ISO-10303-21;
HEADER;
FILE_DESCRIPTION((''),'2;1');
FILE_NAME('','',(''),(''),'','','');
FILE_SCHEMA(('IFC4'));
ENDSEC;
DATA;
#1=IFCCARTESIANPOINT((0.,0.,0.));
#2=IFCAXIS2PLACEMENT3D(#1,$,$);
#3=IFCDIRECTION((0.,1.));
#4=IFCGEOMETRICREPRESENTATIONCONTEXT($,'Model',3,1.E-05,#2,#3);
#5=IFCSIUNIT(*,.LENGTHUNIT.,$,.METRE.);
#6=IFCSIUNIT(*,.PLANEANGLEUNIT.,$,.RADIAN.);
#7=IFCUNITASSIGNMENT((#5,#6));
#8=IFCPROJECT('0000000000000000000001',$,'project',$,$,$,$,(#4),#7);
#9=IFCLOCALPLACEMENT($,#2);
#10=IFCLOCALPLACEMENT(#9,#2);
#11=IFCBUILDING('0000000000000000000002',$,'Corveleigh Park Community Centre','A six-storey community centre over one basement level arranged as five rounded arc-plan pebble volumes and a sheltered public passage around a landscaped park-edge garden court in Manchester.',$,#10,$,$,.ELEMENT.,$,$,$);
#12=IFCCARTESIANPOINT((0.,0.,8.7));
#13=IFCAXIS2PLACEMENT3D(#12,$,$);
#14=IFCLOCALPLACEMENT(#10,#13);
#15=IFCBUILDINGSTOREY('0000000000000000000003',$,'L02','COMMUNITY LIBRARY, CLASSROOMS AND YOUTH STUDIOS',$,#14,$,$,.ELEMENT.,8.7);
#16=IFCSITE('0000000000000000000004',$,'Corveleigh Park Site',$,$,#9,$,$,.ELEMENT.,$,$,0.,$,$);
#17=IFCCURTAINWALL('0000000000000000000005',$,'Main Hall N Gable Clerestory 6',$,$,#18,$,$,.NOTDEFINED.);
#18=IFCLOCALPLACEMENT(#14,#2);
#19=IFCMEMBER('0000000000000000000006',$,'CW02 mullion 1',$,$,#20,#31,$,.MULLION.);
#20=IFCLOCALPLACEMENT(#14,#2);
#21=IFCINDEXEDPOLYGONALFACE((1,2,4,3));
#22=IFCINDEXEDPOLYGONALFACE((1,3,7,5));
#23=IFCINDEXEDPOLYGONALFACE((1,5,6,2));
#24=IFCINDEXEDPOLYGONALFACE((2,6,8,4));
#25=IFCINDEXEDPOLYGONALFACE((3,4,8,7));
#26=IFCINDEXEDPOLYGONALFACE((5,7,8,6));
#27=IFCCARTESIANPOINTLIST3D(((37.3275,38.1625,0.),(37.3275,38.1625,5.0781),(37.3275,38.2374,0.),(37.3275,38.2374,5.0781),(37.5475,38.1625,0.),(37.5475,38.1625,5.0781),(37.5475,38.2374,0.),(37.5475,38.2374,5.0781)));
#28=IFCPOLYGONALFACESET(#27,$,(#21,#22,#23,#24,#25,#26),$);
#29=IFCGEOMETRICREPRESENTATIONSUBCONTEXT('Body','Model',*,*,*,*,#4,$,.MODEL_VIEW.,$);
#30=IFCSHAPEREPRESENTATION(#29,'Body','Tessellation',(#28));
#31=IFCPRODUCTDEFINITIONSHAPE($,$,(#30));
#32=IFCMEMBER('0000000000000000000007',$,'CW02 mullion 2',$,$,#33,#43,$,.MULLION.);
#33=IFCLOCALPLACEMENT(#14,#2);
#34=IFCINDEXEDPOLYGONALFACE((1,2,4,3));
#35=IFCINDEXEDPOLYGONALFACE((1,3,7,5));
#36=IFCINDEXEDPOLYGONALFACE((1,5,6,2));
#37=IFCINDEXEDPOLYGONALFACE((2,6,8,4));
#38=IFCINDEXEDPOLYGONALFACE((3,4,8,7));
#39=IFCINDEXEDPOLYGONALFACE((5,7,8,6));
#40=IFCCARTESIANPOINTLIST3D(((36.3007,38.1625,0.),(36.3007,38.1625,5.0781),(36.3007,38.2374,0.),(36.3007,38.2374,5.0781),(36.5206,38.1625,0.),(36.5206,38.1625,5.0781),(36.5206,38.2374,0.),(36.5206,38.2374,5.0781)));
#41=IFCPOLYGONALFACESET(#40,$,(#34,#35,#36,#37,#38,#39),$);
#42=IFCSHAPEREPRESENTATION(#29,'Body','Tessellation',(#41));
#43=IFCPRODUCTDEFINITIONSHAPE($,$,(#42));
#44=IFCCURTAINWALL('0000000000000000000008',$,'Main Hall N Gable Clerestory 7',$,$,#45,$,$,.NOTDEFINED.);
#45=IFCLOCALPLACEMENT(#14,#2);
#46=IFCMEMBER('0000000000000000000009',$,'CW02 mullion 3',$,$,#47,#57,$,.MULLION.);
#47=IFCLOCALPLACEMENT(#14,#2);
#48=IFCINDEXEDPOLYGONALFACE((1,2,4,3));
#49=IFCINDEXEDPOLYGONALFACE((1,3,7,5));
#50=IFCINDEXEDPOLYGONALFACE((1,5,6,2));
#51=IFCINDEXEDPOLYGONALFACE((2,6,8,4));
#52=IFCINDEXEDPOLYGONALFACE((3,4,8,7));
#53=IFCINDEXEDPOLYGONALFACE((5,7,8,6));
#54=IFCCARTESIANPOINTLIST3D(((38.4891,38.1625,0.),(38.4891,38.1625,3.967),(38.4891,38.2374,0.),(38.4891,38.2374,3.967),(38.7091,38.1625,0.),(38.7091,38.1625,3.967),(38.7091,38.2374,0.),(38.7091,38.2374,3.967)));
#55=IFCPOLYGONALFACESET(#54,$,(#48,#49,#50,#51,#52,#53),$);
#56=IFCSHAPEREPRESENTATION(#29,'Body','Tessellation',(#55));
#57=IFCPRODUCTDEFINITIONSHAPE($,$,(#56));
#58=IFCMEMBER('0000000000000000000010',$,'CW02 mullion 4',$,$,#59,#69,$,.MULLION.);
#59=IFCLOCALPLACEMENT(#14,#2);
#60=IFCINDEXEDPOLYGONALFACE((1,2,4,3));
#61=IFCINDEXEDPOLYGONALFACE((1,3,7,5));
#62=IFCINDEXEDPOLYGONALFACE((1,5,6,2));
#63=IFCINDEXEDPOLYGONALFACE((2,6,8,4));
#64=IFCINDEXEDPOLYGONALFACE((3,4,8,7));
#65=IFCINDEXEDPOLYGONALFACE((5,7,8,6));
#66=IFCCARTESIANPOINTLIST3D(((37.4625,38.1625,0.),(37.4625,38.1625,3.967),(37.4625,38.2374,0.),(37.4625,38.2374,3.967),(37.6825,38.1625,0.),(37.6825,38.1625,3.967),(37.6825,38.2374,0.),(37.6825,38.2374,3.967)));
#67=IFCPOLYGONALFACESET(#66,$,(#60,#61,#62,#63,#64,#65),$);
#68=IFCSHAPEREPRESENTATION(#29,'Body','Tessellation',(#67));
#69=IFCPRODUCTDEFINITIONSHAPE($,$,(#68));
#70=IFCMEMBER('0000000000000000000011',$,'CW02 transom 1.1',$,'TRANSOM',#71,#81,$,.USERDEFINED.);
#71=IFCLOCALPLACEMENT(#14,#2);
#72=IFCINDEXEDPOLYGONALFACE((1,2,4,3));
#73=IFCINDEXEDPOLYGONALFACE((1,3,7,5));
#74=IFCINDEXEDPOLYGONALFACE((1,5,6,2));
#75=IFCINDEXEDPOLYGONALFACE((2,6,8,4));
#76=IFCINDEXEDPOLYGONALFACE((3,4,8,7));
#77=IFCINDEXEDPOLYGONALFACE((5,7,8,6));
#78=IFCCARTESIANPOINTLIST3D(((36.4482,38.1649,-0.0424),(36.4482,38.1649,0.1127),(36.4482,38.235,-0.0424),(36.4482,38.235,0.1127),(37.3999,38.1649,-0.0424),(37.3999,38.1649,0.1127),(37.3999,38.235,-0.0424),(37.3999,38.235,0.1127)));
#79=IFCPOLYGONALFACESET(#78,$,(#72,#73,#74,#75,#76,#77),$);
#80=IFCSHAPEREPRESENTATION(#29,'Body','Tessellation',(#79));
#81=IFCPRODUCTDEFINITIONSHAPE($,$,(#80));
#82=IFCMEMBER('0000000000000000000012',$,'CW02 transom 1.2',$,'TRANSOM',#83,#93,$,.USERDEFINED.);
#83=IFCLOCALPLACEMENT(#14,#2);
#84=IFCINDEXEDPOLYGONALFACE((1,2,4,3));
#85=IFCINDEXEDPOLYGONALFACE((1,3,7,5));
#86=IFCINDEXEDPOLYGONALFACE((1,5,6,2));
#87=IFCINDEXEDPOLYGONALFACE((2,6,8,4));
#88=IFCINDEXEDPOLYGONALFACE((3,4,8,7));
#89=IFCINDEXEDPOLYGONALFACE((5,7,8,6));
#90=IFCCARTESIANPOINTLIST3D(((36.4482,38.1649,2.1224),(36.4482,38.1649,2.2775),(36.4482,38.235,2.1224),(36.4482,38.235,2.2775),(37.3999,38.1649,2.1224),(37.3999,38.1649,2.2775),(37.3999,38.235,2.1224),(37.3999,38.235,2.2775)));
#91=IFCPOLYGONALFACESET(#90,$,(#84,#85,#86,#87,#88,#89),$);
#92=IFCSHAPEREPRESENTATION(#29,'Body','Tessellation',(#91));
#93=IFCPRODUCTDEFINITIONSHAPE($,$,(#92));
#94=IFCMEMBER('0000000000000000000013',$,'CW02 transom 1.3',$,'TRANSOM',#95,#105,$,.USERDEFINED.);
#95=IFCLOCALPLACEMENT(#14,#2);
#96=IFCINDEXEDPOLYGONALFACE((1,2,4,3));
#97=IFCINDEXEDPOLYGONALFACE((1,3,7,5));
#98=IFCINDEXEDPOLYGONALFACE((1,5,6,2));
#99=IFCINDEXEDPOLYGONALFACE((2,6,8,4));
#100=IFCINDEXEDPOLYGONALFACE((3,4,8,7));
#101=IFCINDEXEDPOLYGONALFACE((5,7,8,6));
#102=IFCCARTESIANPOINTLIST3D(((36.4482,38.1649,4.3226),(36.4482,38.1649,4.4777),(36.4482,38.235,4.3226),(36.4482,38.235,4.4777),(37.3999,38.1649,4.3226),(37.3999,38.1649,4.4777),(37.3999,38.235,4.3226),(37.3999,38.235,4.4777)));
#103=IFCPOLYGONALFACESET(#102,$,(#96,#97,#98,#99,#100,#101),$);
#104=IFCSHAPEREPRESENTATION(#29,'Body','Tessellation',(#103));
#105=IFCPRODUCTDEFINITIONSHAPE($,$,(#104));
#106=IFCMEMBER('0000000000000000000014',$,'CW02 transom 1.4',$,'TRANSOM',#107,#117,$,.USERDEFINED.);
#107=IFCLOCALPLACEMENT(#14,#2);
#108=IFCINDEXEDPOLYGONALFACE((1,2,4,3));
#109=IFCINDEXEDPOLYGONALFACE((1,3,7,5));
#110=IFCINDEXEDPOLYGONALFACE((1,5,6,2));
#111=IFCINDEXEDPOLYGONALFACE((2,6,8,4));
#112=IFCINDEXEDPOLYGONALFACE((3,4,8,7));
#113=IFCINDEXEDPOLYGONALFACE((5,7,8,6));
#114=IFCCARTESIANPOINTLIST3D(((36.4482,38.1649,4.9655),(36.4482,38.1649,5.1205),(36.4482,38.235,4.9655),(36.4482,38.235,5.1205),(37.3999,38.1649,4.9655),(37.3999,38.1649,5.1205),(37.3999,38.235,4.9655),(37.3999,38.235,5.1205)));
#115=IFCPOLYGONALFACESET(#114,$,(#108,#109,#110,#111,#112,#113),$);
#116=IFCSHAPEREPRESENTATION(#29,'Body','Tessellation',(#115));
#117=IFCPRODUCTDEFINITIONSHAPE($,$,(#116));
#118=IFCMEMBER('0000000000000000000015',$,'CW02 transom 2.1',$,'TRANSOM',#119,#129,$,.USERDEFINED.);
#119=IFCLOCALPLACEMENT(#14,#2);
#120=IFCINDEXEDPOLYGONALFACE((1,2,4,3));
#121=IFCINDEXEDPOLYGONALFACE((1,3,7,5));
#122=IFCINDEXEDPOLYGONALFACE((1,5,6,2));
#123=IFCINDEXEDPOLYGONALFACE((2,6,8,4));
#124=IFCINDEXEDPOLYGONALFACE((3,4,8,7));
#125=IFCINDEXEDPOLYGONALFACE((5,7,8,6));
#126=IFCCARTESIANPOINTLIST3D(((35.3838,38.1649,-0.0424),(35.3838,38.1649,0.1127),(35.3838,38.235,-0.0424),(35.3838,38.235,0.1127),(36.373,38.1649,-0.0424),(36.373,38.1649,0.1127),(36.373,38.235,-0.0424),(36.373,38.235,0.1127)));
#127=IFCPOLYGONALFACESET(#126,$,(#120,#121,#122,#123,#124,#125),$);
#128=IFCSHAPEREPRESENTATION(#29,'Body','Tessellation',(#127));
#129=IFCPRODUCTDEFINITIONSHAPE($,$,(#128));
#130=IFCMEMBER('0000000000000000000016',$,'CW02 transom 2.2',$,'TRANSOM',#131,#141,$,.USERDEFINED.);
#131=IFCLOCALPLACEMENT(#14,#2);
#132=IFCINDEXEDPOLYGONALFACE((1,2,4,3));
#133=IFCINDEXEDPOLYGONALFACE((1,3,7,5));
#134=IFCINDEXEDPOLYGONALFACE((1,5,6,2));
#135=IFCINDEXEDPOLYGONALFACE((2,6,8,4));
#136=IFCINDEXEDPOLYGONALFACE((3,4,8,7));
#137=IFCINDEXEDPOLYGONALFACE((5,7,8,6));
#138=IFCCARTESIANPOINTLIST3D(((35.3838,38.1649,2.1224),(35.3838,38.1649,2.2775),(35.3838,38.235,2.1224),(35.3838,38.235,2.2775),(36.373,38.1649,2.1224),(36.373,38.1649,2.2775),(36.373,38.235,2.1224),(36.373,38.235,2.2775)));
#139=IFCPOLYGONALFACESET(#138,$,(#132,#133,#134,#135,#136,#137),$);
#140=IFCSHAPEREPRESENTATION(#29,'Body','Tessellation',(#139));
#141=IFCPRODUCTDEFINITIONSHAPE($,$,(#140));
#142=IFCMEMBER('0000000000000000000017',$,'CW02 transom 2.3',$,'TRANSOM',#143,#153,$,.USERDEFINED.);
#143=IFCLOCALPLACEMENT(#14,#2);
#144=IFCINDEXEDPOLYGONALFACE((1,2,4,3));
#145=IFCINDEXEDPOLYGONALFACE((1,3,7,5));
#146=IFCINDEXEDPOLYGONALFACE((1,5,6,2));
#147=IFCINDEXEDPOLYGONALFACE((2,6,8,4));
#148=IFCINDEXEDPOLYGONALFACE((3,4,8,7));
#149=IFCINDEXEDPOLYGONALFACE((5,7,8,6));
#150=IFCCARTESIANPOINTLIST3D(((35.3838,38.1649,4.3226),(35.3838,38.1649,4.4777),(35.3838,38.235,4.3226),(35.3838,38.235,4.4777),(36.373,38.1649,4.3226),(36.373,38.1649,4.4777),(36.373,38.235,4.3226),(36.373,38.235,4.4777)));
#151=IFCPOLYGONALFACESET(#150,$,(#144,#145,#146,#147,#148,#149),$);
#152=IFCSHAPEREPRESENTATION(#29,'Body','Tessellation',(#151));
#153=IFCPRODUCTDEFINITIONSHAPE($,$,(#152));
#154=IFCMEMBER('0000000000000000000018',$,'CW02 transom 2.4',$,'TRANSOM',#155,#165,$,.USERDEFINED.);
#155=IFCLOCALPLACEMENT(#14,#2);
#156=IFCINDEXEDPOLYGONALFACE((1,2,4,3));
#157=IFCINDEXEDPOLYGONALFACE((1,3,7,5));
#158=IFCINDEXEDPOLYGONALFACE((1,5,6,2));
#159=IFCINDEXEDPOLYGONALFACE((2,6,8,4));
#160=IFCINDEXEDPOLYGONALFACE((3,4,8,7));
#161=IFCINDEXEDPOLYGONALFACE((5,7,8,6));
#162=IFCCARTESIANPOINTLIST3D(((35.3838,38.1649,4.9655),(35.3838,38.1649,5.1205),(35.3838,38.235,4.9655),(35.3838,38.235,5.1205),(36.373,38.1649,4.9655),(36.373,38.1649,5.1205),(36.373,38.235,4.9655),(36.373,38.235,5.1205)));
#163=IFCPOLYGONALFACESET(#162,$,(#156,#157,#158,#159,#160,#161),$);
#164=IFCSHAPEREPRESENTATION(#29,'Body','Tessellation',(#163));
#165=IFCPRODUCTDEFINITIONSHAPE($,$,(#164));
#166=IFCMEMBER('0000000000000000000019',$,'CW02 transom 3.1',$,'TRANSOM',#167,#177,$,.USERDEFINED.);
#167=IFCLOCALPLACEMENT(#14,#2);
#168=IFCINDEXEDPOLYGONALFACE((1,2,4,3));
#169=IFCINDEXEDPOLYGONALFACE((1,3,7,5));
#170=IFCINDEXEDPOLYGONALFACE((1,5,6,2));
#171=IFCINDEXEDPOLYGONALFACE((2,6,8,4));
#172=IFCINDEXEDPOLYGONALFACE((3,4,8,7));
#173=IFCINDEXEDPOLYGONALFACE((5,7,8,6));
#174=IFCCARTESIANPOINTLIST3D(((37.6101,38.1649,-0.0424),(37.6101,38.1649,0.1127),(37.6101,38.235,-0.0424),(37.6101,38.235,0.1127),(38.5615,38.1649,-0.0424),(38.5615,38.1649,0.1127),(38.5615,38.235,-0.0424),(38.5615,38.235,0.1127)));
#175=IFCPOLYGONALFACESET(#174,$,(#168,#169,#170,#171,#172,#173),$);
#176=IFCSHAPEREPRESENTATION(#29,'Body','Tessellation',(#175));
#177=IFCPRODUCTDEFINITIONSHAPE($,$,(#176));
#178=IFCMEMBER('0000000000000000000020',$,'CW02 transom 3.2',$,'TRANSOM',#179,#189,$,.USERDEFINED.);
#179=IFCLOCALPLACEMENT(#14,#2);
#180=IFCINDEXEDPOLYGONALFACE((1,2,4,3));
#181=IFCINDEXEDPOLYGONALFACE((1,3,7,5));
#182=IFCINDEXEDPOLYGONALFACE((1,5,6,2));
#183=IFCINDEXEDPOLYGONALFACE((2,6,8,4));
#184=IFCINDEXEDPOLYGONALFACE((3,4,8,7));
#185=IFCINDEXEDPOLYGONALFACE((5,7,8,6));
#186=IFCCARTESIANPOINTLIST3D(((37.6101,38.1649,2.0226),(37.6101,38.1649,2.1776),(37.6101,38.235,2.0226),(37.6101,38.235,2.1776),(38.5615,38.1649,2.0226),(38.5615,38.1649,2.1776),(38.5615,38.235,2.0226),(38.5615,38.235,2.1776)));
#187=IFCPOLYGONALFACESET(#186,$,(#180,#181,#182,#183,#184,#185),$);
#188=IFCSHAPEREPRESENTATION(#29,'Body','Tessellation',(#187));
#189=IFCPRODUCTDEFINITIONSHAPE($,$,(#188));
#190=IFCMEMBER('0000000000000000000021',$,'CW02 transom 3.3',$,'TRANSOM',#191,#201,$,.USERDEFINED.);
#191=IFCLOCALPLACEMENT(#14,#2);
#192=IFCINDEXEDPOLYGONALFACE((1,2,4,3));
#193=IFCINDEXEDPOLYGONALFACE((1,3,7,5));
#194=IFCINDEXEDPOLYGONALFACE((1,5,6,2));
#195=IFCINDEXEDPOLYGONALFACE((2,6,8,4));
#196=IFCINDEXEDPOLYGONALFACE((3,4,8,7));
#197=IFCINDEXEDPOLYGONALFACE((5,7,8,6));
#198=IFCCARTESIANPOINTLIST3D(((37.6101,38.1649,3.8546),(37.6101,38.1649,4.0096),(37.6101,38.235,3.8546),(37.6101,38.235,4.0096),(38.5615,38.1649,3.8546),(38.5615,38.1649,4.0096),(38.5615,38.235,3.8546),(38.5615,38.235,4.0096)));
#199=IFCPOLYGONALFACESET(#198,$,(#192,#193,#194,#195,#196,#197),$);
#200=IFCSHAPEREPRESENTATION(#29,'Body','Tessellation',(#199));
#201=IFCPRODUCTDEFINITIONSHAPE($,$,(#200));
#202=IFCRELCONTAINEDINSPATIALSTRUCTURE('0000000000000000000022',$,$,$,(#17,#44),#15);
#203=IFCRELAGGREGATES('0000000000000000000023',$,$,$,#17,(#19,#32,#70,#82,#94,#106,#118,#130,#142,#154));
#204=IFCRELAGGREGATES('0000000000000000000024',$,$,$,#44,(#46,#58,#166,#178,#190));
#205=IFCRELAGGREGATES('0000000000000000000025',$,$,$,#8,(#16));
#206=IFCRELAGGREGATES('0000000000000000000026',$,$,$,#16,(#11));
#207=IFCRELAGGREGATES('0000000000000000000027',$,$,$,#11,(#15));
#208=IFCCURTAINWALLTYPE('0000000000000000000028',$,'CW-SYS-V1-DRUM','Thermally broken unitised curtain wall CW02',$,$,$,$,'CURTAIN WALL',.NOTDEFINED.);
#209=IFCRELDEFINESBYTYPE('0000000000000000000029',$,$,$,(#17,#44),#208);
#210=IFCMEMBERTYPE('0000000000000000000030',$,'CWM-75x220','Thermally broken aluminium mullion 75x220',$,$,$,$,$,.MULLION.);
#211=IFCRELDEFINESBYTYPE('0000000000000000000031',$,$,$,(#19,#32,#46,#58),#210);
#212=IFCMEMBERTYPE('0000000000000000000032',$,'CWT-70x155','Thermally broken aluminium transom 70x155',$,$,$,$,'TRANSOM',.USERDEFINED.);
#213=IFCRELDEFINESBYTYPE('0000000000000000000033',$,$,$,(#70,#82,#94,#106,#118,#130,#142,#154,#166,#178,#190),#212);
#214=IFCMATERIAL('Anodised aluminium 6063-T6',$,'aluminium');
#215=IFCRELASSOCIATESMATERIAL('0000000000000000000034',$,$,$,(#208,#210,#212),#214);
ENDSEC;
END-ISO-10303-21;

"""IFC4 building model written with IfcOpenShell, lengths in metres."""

from ifc_helpers import new_model, si_unit, direction, frame, origin, origin_2d, place, context, subcontext, project, spatial, rectangle, extrude, material, material_profile, profile_set, type_object, element, aggregate, save


model = new_model("IFC4")

# Units and contexts
model_context = context("Model", 3, precision=1e-05, world=origin(), true_north=direction((0.0, 1.0)))
body_context = subcontext(model_context, "Body", "Model", "MODEL_VIEW")
ifc_project = project(units=[si_unit("LENGTHUNIT", "METRE"), si_unit("PLANEANGLEUNIT", "RADIAN")], contexts=[model_context])

# Site, building, storey
site_placement = place(None, origin())
site = spatial("IfcSite", under=ifc_project, at=site_placement, Name="Corveleigh Park Site", CompositionType="ELEMENT", RefElevation=0.0)
building_placement = place(site_placement, origin())
building = spatial("IfcBuilding", under=site, at=building_placement, Name="Corveleigh Park Community Centre", Description="A six-storey community centre over one basement level arranged as five rounded arc-plan pebble volumes and a sheltered public passage around a landscaped park-edge garden court in Manchester.", CompositionType="ELEMENT")
storey_placement = place(building_placement, frame((0.0, 0.0, 8.7)))
storey = spatial("IfcBuildingStorey", under=building, at=storey_placement, Name="L02", Description="COMMUNITY LIBRARY, CLASSROOMS AND YOUTH STUDIOS", CompositionType="ELEMENT", Elevation=8.7)

# Curtain walls, members
ifc_material_1 = material(Name="Anodised aluminium 6063-T6", Category="aluminium")
curtain_wall_type = type_object("IfcCurtainWallType", Name="CW-SYS-V1-DRUM", Description="Thermally broken unitised curtain wall CW02", ElementType="CURTAIN WALL", PredefinedType="NOTDEFINED", material=ifc_material_1)
curtain_wall_1_placement = place(storey_placement, origin())
curtain_wall_1 = element("IfcCurtainWall", 1, at=curtain_wall_1_placement, inside=storey, type_object=curtain_wall_type, Name="Main Hall N Gable Clerestory 6", PredefinedType="NOTDEFINED")
ifc_material_profile_1 = material_profile(ifc_material_1, rectangle(XDim=0.075, YDim=0.22, at=origin_2d()), Name="ALU-M75x220", Category="aluminium")
ifc_profile_set_1 = profile_set([ifc_material_profile_1], Name="Anodised aluminium 6063-T6")
member_type_1 = type_object("IfcMemberType", Name="CWM-75x220", Description="Thermally broken aluminium mullion 75x220", PredefinedType="MULLION", material=ifc_profile_set_1)
member_1_placement = place(storey_placement, frame((37.4375, 38.2, 0.0), z_axis=(0.0, 0.0, 1.0), x_axis=(0.0, -1.0, 0.0)))
member_1 = element("IfcMember", 2, at=member_1_placement, type_object=member_type_1, Name="CW02 mullion 1", PredefinedType="MULLION", context=body_context, shape_type="SweptSolid", body=[
    extrude(rectangle(XDim=0.075, YDim=0.22, at=origin_2d()), origin(), (0.0, 0.0, 1.0), 5.0781),
])
member_2_placement = place(storey_placement, frame((36.4106, 38.2, 0.0), z_axis=(0.0, 0.0, 1.0), x_axis=(0.0, -1.0, 0.0)))
member_2 = element("IfcMember", 3, at=member_2_placement, type_object=member_type_1, Name="CW02 mullion 2", PredefinedType="MULLION", context=body_context, shape_type="SweptSolid", body=[
    extrude(rectangle(XDim=0.075, YDim=0.22, at=origin_2d()), origin(), (0.0, 0.0, 1.0), 5.0781),
])
curtain_wall_2_placement = place(storey_placement, origin())
curtain_wall_2 = element("IfcCurtainWall", 4, at=curtain_wall_2_placement, inside=storey, type_object=curtain_wall_type, Name="Main Hall N Gable Clerestory 7", PredefinedType="NOTDEFINED")
member_3_placement = place(storey_placement, frame((38.5991, 38.2, 0.0), z_axis=(0.0, 0.0, 1.0), x_axis=(0.0, -1.0, 0.0)))
member_3 = element("IfcMember", 5, at=member_3_placement, type_object=member_type_1, Name="CW02 mullion 3", PredefinedType="MULLION", context=body_context, shape_type="SweptSolid", body=[
    extrude(rectangle(XDim=0.075, YDim=0.22, at=origin_2d()), origin(), (0.0, 0.0, 1.0), 3.967),
])
member_4_placement = place(storey_placement, frame((37.5725, 38.2, 0.0), z_axis=(0.0, 0.0, 1.0), x_axis=(0.0, -1.0, 0.0)))
member_4 = element("IfcMember", 6, at=member_4_placement, type_object=member_type_1, Name="CW02 mullion 4", PredefinedType="MULLION", context=body_context, shape_type="SweptSolid", body=[
    extrude(rectangle(XDim=0.075, YDim=0.22, at=origin_2d()), origin(), (0.0, 0.0, 1.0), 3.967),
])

# Members
ifc_material_profile_2 = material_profile(ifc_material_1, rectangle(XDim=0.0701, YDim=0.155, at=origin_2d()), Name="ALU-T70x155", Category="aluminium")
ifc_profile_set_2 = profile_set([ifc_material_profile_2], Name="Anodised aluminium 6063-T6")
member_type_2 = type_object("IfcMemberType", Name="CWT-70x155", Description="Thermally broken aluminium transom 70x155", ElementType="TRANSOM", PredefinedType="USERDEFINED", material=ifc_profile_set_2)
member_5_placement = place(storey_placement, frame((37.3999, 38.2, 0.0352), z_axis=(-1.0, 0.0, 0.0), x_axis=(0.0, -1.0, 0.0)))
member_5 = element("IfcMember", 7, at=member_5_placement, type_object=member_type_2, Name="CW02 transom 1.1", ObjectType="TRANSOM", PredefinedType="USERDEFINED", context=body_context, shape_type="SweptSolid", body=[
    extrude(rectangle(XDim=0.0701, YDim=0.155, at=origin_2d()), origin(), (0.0, 0.0, 1.0), 0.9517),
])
member_6_placement = place(storey_placement, frame((37.3999, 38.2, 2.2), z_axis=(-1.0, 0.0, 0.0), x_axis=(0.0, -1.0, 0.0)))
member_6 = element("IfcMember", 8, at=member_6_placement, type_object=member_type_2, Name="CW02 transom 1.2", ObjectType="TRANSOM", PredefinedType="USERDEFINED", context=body_context, shape_type="SweptSolid", body=[
    extrude(rectangle(XDim=0.0701, YDim=0.155, at=origin_2d()), origin(), (0.0, 0.0, 1.0), 0.9517),
])
member_7_placement = place(storey_placement, frame((37.3999, 38.2, 4.4001), z_axis=(-1.0, 0.0, 0.0), x_axis=(0.0, -1.0, 0.0)))
member_7 = element("IfcMember", 9, at=member_7_placement, type_object=member_type_2, Name="CW02 transom 1.3", ObjectType="TRANSOM", PredefinedType="USERDEFINED", context=body_context, shape_type="SweptSolid", body=[
    extrude(rectangle(XDim=0.0701, YDim=0.155, at=origin_2d()), origin(), (0.0, 0.0, 1.0), 0.9517),
])
member_8_placement = place(storey_placement, frame((37.3999, 38.2, 5.043), z_axis=(-1.0, 0.0, 0.0), x_axis=(0.0, -1.0, 0.0)))
member_8 = element("IfcMember", 10, at=member_8_placement, type_object=member_type_2, Name="CW02 transom 1.4", ObjectType="TRANSOM", PredefinedType="USERDEFINED", context=body_context, shape_type="SweptSolid", body=[
    extrude(rectangle(XDim=0.0701, YDim=0.155, at=origin_2d()), origin(), (0.0, 0.0, 1.0), 0.9517),
])
member_9_placement = place(storey_placement, frame((36.373, 38.2, 0.0352), z_axis=(-1.0, 0.0, 0.0), x_axis=(0.0, -1.0, 0.0)))
member_9 = element("IfcMember", 11, at=member_9_placement, type_object=member_type_2, Name="CW02 transom 2.1", ObjectType="TRANSOM", PredefinedType="USERDEFINED", context=body_context, shape_type="SweptSolid", body=[
    extrude(rectangle(XDim=0.0701, YDim=0.155, at=origin_2d()), origin(), (0.0, 0.0, 1.0), 0.9893),
])
member_10_placement = place(storey_placement, frame((36.373, 38.2, 2.2), z_axis=(-1.0, 0.0, 0.0), x_axis=(0.0, -1.0, 0.0)))
member_10 = element("IfcMember", 12, at=member_10_placement, type_object=member_type_2, Name="CW02 transom 2.2", ObjectType="TRANSOM", PredefinedType="USERDEFINED", context=body_context, shape_type="SweptSolid", body=[
    extrude(rectangle(XDim=0.0701, YDim=0.155, at=origin_2d()), origin(), (0.0, 0.0, 1.0), 0.9893),
])
member_11_placement = place(storey_placement, frame((36.373, 38.2, 4.4001), z_axis=(-1.0, 0.0, 0.0), x_axis=(0.0, -1.0, 0.0)))
member_11 = element("IfcMember", 13, at=member_11_placement, type_object=member_type_2, Name="CW02 transom 2.3", ObjectType="TRANSOM", PredefinedType="USERDEFINED", context=body_context, shape_type="SweptSolid", body=[
    extrude(rectangle(XDim=0.0701, YDim=0.155, at=origin_2d()), origin(), (0.0, 0.0, 1.0), 0.9893),
])
member_12_placement = place(storey_placement, frame((36.373, 38.2, 5.043), z_axis=(-1.0, 0.0, 0.0), x_axis=(0.0, -1.0, 0.0)))
member_12 = element("IfcMember", 14, at=member_12_placement, type_object=member_type_2, Name="CW02 transom 2.4", ObjectType="TRANSOM", PredefinedType="USERDEFINED", context=body_context, shape_type="SweptSolid", body=[
    extrude(rectangle(XDim=0.0701, YDim=0.155, at=origin_2d()), origin(), (0.0, 0.0, 1.0), 0.9893),
])
member_13_placement = place(storey_placement, frame((38.5615, 38.2, 0.0352), z_axis=(-1.0, 0.0, 0.0), x_axis=(0.0, -1.0, 0.0)))
member_13 = element("IfcMember", 15, at=member_13_placement, type_object=member_type_2, Name="CW02 transom 3.1", ObjectType="TRANSOM", PredefinedType="USERDEFINED", context=body_context, shape_type="SweptSolid", body=[
    extrude(rectangle(XDim=0.0701, YDim=0.155, at=origin_2d()), origin(), (0.0, 0.0, 1.0), 0.9514),
])
member_14_placement = place(storey_placement, frame((38.5615, 38.2, 2.1001), z_axis=(-1.0, 0.0, 0.0), x_axis=(0.0, -1.0, 0.0)))
member_14 = element("IfcMember", 16, at=member_14_placement, type_object=member_type_2, Name="CW02 transom 3.2", ObjectType="TRANSOM", PredefinedType="USERDEFINED", context=body_context, shape_type="SweptSolid", body=[
    extrude(rectangle(XDim=0.0701, YDim=0.155, at=origin_2d()), origin(), (0.0, 0.0, 1.0), 0.9514),
])
member_15_placement = place(storey_placement, frame((38.5615, 38.2, 3.9321), z_axis=(-1.0, 0.0, 0.0), x_axis=(0.0, -1.0, 0.0)))
member_15 = element("IfcMember", 17, at=member_15_placement, type_object=member_type_2, Name="CW02 transom 3.3", ObjectType="TRANSOM", PredefinedType="USERDEFINED", context=body_context, shape_type="SweptSolid", body=[
    extrude(rectangle(XDim=0.0701, YDim=0.155, at=origin_2d()), origin(), (0.0, 0.0, 1.0), 0.9514),
])

aggregate(curtain_wall_1, [member_1, member_2, member_5, member_6, member_7, member_8, member_9, member_10, member_11, member_12])
aggregate(curtain_wall_2, [member_3, member_4, member_13, member_14, member_15])

save(model, "model.ifc")
